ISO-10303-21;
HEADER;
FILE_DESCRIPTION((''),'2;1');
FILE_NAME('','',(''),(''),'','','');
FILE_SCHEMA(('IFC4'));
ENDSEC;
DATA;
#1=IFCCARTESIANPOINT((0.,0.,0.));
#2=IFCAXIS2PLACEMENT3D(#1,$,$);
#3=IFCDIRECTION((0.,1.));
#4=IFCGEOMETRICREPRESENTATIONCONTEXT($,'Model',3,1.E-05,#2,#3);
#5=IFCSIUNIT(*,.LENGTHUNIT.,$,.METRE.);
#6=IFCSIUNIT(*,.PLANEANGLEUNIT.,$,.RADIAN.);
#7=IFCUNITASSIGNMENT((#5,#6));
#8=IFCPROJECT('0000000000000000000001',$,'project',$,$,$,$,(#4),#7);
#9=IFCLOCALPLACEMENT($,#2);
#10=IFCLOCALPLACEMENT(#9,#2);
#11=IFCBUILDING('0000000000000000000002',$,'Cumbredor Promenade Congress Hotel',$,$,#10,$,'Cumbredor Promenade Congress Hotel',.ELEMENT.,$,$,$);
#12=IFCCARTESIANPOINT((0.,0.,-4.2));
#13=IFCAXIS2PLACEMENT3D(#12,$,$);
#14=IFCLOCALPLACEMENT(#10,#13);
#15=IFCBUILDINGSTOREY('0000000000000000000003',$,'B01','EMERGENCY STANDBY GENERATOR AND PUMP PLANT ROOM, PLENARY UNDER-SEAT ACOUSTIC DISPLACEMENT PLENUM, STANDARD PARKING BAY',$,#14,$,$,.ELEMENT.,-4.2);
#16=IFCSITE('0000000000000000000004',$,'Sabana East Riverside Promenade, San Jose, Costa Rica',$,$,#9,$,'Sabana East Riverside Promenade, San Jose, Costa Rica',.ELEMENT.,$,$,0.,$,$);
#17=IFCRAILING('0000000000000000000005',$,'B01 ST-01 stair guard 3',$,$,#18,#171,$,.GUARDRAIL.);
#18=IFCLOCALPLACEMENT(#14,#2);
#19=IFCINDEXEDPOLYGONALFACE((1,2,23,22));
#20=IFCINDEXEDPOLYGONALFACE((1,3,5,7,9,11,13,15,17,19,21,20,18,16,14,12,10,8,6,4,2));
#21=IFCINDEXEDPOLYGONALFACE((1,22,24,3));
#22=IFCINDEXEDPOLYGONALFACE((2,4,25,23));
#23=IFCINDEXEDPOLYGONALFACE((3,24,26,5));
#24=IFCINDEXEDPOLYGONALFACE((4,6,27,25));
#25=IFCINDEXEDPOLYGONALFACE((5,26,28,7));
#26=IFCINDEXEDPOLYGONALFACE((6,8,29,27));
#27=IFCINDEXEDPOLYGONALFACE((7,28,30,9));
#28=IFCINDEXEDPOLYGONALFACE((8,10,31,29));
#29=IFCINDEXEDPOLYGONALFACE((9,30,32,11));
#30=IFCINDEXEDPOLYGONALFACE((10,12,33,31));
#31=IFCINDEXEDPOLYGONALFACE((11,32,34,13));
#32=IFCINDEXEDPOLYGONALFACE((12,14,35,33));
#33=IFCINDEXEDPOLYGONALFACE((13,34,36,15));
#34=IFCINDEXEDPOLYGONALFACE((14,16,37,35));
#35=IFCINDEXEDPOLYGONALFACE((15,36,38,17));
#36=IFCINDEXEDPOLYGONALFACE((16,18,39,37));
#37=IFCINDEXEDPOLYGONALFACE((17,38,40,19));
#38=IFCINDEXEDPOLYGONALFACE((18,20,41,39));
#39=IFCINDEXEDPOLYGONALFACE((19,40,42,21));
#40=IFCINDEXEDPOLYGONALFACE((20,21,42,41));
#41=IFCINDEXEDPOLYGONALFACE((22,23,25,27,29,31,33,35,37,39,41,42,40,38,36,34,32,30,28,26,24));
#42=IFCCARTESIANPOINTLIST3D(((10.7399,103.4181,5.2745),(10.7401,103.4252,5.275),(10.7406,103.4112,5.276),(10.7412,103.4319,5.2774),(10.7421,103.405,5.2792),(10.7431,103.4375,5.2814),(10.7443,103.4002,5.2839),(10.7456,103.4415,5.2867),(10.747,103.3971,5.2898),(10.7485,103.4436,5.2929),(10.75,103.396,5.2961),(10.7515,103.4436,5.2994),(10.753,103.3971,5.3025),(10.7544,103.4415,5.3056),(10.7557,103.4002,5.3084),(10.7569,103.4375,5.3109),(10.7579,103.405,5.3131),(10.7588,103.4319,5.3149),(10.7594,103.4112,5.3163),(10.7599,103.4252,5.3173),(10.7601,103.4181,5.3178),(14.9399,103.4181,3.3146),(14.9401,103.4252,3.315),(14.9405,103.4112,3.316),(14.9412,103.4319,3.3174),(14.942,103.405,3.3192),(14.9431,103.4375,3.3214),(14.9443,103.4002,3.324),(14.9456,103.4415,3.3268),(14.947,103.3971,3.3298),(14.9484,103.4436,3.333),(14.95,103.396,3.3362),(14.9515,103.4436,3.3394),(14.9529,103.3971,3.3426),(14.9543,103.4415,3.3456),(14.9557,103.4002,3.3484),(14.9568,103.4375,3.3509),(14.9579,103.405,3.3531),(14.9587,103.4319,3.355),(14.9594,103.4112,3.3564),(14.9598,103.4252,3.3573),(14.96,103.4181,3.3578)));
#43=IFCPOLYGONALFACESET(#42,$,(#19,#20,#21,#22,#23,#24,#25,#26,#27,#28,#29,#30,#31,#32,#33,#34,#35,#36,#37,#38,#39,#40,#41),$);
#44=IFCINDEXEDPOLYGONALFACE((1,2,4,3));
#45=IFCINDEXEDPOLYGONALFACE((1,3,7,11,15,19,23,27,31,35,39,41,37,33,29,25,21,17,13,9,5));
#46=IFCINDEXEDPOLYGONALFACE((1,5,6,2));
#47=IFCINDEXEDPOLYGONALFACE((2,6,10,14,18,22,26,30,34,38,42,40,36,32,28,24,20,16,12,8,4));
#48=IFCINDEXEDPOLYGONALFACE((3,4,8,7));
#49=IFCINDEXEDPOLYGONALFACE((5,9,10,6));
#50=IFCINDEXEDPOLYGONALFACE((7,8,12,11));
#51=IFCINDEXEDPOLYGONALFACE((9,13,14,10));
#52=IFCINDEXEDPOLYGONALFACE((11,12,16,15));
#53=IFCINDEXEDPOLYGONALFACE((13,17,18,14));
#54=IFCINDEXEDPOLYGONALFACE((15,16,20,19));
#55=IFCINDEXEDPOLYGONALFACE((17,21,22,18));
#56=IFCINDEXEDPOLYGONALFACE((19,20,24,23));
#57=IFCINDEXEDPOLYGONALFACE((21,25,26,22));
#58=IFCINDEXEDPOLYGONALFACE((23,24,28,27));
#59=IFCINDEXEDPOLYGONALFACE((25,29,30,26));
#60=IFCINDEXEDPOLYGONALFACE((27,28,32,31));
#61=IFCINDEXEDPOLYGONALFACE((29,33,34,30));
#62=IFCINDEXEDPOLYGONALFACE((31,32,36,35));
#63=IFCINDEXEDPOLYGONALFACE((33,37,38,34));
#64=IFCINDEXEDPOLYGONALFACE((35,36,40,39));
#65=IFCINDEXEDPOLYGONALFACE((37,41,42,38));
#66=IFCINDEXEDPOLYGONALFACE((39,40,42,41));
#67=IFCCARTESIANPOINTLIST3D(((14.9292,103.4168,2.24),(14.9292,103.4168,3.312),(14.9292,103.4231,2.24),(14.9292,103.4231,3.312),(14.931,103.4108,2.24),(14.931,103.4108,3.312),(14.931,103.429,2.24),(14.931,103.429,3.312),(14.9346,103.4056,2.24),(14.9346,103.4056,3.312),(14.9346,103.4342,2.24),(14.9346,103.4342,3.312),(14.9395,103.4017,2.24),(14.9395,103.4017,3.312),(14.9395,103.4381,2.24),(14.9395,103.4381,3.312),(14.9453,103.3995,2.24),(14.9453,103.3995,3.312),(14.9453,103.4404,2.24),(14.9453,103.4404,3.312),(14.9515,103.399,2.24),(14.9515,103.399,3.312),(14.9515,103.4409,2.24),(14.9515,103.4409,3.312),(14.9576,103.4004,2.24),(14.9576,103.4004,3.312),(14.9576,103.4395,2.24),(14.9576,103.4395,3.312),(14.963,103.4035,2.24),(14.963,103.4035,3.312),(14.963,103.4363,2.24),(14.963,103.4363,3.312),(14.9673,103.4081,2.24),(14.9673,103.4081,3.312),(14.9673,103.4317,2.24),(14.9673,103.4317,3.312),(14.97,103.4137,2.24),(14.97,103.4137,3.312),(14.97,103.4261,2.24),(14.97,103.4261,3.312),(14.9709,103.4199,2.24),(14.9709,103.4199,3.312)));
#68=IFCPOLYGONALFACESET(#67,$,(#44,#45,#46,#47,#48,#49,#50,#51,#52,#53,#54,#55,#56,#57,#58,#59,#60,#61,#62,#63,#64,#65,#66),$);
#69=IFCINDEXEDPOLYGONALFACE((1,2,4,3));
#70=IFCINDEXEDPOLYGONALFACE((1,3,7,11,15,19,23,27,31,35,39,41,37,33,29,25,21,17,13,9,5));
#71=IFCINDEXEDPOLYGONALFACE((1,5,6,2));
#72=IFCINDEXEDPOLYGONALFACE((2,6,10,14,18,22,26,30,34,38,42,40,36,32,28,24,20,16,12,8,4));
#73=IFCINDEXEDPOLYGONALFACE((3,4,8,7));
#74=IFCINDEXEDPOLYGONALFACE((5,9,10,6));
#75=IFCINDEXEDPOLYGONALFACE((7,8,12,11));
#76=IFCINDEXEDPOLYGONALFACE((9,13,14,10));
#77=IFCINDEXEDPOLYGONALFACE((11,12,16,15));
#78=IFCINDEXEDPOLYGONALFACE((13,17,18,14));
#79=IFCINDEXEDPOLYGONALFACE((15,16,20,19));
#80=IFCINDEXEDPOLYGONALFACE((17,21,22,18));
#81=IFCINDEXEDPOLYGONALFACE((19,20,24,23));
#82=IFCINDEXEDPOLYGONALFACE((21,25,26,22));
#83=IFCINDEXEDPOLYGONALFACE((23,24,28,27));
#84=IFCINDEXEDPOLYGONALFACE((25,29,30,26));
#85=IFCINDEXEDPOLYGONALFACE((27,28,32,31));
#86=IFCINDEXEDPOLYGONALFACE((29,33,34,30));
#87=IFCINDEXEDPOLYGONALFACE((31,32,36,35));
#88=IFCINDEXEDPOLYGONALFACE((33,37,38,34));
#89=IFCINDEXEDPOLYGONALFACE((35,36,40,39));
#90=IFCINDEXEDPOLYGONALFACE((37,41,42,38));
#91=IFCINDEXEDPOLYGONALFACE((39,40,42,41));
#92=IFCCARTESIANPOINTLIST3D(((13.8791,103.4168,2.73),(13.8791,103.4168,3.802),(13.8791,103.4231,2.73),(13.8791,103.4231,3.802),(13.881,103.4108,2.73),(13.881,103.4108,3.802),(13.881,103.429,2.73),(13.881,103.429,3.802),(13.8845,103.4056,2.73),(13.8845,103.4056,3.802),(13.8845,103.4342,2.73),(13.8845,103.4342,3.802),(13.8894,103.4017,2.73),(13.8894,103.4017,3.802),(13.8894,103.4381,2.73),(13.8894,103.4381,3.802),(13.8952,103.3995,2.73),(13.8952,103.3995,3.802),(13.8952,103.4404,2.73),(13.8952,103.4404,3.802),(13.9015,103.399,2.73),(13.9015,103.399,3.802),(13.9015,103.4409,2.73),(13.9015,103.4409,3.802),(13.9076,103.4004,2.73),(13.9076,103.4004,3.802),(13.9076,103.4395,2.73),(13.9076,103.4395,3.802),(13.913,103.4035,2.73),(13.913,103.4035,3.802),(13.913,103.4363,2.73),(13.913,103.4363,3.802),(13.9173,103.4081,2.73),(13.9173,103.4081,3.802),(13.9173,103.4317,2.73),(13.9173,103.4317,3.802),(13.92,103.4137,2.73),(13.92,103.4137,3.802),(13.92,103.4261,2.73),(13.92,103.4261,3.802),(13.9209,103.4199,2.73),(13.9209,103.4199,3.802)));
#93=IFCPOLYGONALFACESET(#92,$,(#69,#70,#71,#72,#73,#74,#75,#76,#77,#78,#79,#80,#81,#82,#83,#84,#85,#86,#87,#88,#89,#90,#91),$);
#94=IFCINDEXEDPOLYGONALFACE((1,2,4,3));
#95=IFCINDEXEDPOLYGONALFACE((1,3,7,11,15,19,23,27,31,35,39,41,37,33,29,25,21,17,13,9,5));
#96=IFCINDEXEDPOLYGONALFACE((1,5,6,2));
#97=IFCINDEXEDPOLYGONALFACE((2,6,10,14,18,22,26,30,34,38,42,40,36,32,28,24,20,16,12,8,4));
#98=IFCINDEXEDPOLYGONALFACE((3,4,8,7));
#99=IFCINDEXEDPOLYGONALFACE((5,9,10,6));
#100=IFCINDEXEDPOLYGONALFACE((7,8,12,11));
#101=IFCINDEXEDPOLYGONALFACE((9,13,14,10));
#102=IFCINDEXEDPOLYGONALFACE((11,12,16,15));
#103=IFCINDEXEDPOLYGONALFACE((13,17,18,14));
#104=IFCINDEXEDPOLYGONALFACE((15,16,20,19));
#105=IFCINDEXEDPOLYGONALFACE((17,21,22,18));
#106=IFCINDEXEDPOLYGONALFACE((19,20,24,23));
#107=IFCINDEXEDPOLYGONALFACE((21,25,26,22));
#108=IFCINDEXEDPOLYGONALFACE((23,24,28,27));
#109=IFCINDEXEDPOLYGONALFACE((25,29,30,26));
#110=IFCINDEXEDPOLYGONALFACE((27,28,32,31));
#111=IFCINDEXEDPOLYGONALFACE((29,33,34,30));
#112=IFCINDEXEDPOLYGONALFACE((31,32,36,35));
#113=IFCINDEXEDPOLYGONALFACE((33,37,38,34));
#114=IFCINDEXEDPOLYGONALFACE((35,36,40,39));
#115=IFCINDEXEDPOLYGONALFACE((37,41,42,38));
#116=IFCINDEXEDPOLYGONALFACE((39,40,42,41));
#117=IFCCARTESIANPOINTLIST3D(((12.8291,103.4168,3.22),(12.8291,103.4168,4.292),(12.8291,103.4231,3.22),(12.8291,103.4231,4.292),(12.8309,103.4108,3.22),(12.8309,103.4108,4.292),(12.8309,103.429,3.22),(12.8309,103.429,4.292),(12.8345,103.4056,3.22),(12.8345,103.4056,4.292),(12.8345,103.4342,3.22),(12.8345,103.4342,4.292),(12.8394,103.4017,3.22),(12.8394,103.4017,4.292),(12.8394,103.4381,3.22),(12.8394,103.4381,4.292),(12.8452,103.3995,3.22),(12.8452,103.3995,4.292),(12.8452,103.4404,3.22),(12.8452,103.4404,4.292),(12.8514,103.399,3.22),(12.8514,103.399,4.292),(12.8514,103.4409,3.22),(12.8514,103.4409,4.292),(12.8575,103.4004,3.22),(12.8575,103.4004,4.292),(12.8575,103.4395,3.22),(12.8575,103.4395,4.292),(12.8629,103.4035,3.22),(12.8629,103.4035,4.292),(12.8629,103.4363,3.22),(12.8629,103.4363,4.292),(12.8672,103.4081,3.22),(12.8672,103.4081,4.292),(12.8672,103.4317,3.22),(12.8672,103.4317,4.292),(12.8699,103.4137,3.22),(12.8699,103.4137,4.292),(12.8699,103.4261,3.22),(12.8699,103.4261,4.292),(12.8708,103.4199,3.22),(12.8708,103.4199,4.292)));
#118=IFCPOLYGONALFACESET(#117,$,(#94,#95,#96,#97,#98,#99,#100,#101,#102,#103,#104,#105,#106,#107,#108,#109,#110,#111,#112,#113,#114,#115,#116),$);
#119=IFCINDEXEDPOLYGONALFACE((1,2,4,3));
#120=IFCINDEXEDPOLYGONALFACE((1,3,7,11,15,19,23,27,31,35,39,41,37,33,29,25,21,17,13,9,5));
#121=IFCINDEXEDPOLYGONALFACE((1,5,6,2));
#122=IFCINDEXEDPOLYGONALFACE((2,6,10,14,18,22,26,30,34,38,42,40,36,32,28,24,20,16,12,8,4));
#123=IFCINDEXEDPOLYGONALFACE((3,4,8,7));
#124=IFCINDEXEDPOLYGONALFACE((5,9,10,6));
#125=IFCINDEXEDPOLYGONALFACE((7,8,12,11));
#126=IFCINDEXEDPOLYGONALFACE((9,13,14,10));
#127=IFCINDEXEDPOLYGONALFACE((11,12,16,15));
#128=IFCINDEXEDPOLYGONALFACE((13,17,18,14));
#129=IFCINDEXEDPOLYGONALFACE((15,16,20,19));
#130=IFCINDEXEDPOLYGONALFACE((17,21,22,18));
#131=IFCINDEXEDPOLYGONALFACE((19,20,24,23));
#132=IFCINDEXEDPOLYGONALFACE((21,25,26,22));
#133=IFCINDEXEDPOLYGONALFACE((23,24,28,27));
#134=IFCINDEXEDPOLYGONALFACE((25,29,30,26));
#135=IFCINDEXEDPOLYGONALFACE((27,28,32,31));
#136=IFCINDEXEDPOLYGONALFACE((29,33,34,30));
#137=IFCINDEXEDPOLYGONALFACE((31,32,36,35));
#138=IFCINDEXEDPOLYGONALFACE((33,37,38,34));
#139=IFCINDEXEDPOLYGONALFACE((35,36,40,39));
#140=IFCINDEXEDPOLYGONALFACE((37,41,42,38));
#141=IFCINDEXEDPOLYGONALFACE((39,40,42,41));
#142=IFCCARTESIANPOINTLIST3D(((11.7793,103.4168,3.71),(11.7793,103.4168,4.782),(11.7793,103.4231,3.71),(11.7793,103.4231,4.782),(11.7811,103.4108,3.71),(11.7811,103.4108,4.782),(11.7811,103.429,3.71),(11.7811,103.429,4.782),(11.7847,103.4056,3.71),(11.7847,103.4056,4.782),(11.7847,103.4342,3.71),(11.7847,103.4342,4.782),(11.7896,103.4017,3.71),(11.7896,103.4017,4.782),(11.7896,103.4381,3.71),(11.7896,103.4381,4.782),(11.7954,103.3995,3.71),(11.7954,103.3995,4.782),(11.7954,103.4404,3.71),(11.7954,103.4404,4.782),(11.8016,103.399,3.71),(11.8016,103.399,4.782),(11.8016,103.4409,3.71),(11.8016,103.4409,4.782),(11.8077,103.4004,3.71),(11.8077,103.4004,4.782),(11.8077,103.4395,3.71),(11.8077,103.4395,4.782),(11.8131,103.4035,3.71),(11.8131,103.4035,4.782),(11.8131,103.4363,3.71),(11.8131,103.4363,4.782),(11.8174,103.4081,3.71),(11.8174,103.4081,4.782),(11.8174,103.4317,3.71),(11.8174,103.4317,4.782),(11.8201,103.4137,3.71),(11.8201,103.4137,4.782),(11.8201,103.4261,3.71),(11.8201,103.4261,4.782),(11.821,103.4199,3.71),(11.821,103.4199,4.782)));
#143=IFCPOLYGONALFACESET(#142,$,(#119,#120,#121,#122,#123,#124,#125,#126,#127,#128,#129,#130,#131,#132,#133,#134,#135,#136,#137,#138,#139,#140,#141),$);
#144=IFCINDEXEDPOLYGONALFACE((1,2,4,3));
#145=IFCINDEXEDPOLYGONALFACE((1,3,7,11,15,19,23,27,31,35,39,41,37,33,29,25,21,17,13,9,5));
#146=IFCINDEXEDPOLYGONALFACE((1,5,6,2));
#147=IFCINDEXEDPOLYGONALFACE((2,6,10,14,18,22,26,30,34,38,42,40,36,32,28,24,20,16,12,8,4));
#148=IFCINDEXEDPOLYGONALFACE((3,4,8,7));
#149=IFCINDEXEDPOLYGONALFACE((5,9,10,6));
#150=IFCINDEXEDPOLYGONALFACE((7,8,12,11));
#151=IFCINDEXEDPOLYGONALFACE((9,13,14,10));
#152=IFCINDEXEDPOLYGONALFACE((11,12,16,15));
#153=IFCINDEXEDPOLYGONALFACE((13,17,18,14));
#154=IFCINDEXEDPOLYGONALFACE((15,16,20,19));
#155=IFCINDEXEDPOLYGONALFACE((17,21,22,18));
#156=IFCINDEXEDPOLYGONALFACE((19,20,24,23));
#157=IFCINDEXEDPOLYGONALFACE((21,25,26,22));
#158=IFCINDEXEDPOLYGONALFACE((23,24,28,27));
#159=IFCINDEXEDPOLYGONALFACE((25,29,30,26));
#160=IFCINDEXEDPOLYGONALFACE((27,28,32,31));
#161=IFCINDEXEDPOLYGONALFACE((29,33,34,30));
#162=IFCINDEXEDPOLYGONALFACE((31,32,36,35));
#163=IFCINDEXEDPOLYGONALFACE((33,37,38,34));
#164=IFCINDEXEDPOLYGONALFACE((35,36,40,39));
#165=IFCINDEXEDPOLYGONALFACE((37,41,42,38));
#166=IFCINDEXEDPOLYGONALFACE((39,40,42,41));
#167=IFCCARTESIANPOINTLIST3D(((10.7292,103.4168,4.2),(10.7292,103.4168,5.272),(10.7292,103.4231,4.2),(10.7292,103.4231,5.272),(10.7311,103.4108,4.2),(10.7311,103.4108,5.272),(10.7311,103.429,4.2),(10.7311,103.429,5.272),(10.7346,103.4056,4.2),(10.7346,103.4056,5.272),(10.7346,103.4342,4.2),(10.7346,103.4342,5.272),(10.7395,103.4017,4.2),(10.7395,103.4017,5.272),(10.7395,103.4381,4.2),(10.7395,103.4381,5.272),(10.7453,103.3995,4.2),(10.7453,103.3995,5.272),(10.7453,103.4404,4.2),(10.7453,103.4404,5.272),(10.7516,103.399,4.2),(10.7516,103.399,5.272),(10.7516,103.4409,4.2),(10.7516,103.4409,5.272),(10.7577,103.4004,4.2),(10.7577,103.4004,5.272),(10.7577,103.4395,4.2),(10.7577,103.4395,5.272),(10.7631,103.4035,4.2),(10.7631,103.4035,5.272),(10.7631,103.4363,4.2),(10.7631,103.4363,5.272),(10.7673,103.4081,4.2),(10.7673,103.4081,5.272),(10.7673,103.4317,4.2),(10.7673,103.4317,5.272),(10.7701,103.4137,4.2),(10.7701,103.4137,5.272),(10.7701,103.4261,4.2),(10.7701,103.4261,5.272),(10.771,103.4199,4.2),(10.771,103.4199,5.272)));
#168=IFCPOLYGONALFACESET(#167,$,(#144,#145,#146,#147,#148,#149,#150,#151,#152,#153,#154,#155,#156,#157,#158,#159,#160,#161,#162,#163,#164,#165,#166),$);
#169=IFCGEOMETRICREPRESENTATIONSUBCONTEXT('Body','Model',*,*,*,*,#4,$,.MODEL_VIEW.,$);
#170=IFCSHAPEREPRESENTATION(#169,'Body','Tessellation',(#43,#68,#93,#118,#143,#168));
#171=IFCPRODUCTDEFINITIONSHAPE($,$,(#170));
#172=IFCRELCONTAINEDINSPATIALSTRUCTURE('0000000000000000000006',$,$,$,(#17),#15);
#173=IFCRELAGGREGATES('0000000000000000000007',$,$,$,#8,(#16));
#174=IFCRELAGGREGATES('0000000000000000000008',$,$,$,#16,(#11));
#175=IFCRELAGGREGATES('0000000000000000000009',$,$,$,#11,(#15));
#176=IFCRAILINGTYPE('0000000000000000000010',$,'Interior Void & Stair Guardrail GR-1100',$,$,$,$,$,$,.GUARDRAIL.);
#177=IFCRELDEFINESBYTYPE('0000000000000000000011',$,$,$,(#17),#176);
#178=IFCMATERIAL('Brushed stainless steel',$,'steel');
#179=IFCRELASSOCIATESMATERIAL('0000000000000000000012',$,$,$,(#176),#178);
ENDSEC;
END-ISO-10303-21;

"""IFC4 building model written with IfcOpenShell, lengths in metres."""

from ifc_helpers import new_model, si_unit, direction, frame, origin, origin_2d, place, context, subcontext, project, spatial, circle, extrude, material, type_object, element, save


model = new_model("IFC4")

# Units and contexts
model_context = context("Model", 3, precision=1e-05, world=origin(), true_north=direction((0.0, 1.0)))
body_context = subcontext(model_context, "Body", "Model", "MODEL_VIEW")
ifc_project = project(units=[si_unit("LENGTHUNIT", "METRE"), si_unit("PLANEANGLEUNIT", "RADIAN")], contexts=[model_context])

# Site, building, storey
site_placement = place(None, origin())
site = spatial("IfcSite", under=ifc_project, at=site_placement, Name="Sabana East Riverside Promenade, San Jose, Costa Rica", LongName="Sabana East Riverside Promenade, San Jose, Costa Rica", CompositionType="ELEMENT", RefElevation=0.0)
building_placement = place(site_placement, origin())
building = spatial("IfcBuilding", under=site, at=building_placement, Name="Cumbredor Promenade Congress Hotel", LongName="Cumbredor Promenade Congress Hotel", CompositionType="ELEMENT")
storey_placement = place(building_placement, frame((0.0, 0.0, -4.2)))
storey = spatial("IfcBuildingStorey", under=building, at=storey_placement, Name="B01", Description="EMERGENCY STANDBY GENERATOR AND PUMP PLANT ROOM, PLENARY UNDER-SEAT ACOUSTIC DISPLACEMENT PLENUM, STANDARD PARKING BAY", CompositionType="ELEMENT", Elevation=-4.2)

# Railing
ifc_material_1 = material(Name="Brushed stainless steel", Category="steel")
railing_type_1 = type_object("IfcRailingType", Name="Interior Void & Stair Guardrail GR-1100", PredefinedType="GUARDRAIL", material=ifc_material_1)
railing_1_placement = place(storey_placement, frame((14.95, 103.4199, 2.24)))
element("IfcRailing", 1, at=railing_1_placement, inside=storey, type_object=railing_type_1, Name="B01 ST-01 stair guard 3", PredefinedType="GUARDRAIL", context=body_context, shape_type="SweptSolid", body=[
    extrude(circle(Radius=0.0239, at=origin_2d()), frame((0.0, 0.0, 1.0962), z_axis=(-0.906184, 0.0, 0.422883), x_axis=(0.0, -1.0, 0.0)), (0.0, 0.0, 1.0), 4.6348),
    extrude(circle(Radius=0.021, at=origin_2d()), origin(), (0.0, 0.0, 1.0), 1.072),
    extrude(circle(Radius=0.021, at=origin_2d()), frame((-1.05, 0.0, 0.49)), (0.0, 0.0, 1.0), 1.072),
    extrude(circle(Radius=0.021, at=origin_2d()), frame((-2.1001, 0.0, 0.98)), (0.0, 0.0, 1.0), 1.072),
    extrude(circle(Radius=0.021, at=origin_2d()), frame((-3.1499, 0.0, 1.47)), (0.0, 0.0, 1.0), 1.072),
    extrude(circle(Radius=0.021, at=origin_2d()), frame((-4.2, 0.0, 1.96)), (0.0, 0.0, 1.0), 1.072),
])

save(model, "model.ifc")
